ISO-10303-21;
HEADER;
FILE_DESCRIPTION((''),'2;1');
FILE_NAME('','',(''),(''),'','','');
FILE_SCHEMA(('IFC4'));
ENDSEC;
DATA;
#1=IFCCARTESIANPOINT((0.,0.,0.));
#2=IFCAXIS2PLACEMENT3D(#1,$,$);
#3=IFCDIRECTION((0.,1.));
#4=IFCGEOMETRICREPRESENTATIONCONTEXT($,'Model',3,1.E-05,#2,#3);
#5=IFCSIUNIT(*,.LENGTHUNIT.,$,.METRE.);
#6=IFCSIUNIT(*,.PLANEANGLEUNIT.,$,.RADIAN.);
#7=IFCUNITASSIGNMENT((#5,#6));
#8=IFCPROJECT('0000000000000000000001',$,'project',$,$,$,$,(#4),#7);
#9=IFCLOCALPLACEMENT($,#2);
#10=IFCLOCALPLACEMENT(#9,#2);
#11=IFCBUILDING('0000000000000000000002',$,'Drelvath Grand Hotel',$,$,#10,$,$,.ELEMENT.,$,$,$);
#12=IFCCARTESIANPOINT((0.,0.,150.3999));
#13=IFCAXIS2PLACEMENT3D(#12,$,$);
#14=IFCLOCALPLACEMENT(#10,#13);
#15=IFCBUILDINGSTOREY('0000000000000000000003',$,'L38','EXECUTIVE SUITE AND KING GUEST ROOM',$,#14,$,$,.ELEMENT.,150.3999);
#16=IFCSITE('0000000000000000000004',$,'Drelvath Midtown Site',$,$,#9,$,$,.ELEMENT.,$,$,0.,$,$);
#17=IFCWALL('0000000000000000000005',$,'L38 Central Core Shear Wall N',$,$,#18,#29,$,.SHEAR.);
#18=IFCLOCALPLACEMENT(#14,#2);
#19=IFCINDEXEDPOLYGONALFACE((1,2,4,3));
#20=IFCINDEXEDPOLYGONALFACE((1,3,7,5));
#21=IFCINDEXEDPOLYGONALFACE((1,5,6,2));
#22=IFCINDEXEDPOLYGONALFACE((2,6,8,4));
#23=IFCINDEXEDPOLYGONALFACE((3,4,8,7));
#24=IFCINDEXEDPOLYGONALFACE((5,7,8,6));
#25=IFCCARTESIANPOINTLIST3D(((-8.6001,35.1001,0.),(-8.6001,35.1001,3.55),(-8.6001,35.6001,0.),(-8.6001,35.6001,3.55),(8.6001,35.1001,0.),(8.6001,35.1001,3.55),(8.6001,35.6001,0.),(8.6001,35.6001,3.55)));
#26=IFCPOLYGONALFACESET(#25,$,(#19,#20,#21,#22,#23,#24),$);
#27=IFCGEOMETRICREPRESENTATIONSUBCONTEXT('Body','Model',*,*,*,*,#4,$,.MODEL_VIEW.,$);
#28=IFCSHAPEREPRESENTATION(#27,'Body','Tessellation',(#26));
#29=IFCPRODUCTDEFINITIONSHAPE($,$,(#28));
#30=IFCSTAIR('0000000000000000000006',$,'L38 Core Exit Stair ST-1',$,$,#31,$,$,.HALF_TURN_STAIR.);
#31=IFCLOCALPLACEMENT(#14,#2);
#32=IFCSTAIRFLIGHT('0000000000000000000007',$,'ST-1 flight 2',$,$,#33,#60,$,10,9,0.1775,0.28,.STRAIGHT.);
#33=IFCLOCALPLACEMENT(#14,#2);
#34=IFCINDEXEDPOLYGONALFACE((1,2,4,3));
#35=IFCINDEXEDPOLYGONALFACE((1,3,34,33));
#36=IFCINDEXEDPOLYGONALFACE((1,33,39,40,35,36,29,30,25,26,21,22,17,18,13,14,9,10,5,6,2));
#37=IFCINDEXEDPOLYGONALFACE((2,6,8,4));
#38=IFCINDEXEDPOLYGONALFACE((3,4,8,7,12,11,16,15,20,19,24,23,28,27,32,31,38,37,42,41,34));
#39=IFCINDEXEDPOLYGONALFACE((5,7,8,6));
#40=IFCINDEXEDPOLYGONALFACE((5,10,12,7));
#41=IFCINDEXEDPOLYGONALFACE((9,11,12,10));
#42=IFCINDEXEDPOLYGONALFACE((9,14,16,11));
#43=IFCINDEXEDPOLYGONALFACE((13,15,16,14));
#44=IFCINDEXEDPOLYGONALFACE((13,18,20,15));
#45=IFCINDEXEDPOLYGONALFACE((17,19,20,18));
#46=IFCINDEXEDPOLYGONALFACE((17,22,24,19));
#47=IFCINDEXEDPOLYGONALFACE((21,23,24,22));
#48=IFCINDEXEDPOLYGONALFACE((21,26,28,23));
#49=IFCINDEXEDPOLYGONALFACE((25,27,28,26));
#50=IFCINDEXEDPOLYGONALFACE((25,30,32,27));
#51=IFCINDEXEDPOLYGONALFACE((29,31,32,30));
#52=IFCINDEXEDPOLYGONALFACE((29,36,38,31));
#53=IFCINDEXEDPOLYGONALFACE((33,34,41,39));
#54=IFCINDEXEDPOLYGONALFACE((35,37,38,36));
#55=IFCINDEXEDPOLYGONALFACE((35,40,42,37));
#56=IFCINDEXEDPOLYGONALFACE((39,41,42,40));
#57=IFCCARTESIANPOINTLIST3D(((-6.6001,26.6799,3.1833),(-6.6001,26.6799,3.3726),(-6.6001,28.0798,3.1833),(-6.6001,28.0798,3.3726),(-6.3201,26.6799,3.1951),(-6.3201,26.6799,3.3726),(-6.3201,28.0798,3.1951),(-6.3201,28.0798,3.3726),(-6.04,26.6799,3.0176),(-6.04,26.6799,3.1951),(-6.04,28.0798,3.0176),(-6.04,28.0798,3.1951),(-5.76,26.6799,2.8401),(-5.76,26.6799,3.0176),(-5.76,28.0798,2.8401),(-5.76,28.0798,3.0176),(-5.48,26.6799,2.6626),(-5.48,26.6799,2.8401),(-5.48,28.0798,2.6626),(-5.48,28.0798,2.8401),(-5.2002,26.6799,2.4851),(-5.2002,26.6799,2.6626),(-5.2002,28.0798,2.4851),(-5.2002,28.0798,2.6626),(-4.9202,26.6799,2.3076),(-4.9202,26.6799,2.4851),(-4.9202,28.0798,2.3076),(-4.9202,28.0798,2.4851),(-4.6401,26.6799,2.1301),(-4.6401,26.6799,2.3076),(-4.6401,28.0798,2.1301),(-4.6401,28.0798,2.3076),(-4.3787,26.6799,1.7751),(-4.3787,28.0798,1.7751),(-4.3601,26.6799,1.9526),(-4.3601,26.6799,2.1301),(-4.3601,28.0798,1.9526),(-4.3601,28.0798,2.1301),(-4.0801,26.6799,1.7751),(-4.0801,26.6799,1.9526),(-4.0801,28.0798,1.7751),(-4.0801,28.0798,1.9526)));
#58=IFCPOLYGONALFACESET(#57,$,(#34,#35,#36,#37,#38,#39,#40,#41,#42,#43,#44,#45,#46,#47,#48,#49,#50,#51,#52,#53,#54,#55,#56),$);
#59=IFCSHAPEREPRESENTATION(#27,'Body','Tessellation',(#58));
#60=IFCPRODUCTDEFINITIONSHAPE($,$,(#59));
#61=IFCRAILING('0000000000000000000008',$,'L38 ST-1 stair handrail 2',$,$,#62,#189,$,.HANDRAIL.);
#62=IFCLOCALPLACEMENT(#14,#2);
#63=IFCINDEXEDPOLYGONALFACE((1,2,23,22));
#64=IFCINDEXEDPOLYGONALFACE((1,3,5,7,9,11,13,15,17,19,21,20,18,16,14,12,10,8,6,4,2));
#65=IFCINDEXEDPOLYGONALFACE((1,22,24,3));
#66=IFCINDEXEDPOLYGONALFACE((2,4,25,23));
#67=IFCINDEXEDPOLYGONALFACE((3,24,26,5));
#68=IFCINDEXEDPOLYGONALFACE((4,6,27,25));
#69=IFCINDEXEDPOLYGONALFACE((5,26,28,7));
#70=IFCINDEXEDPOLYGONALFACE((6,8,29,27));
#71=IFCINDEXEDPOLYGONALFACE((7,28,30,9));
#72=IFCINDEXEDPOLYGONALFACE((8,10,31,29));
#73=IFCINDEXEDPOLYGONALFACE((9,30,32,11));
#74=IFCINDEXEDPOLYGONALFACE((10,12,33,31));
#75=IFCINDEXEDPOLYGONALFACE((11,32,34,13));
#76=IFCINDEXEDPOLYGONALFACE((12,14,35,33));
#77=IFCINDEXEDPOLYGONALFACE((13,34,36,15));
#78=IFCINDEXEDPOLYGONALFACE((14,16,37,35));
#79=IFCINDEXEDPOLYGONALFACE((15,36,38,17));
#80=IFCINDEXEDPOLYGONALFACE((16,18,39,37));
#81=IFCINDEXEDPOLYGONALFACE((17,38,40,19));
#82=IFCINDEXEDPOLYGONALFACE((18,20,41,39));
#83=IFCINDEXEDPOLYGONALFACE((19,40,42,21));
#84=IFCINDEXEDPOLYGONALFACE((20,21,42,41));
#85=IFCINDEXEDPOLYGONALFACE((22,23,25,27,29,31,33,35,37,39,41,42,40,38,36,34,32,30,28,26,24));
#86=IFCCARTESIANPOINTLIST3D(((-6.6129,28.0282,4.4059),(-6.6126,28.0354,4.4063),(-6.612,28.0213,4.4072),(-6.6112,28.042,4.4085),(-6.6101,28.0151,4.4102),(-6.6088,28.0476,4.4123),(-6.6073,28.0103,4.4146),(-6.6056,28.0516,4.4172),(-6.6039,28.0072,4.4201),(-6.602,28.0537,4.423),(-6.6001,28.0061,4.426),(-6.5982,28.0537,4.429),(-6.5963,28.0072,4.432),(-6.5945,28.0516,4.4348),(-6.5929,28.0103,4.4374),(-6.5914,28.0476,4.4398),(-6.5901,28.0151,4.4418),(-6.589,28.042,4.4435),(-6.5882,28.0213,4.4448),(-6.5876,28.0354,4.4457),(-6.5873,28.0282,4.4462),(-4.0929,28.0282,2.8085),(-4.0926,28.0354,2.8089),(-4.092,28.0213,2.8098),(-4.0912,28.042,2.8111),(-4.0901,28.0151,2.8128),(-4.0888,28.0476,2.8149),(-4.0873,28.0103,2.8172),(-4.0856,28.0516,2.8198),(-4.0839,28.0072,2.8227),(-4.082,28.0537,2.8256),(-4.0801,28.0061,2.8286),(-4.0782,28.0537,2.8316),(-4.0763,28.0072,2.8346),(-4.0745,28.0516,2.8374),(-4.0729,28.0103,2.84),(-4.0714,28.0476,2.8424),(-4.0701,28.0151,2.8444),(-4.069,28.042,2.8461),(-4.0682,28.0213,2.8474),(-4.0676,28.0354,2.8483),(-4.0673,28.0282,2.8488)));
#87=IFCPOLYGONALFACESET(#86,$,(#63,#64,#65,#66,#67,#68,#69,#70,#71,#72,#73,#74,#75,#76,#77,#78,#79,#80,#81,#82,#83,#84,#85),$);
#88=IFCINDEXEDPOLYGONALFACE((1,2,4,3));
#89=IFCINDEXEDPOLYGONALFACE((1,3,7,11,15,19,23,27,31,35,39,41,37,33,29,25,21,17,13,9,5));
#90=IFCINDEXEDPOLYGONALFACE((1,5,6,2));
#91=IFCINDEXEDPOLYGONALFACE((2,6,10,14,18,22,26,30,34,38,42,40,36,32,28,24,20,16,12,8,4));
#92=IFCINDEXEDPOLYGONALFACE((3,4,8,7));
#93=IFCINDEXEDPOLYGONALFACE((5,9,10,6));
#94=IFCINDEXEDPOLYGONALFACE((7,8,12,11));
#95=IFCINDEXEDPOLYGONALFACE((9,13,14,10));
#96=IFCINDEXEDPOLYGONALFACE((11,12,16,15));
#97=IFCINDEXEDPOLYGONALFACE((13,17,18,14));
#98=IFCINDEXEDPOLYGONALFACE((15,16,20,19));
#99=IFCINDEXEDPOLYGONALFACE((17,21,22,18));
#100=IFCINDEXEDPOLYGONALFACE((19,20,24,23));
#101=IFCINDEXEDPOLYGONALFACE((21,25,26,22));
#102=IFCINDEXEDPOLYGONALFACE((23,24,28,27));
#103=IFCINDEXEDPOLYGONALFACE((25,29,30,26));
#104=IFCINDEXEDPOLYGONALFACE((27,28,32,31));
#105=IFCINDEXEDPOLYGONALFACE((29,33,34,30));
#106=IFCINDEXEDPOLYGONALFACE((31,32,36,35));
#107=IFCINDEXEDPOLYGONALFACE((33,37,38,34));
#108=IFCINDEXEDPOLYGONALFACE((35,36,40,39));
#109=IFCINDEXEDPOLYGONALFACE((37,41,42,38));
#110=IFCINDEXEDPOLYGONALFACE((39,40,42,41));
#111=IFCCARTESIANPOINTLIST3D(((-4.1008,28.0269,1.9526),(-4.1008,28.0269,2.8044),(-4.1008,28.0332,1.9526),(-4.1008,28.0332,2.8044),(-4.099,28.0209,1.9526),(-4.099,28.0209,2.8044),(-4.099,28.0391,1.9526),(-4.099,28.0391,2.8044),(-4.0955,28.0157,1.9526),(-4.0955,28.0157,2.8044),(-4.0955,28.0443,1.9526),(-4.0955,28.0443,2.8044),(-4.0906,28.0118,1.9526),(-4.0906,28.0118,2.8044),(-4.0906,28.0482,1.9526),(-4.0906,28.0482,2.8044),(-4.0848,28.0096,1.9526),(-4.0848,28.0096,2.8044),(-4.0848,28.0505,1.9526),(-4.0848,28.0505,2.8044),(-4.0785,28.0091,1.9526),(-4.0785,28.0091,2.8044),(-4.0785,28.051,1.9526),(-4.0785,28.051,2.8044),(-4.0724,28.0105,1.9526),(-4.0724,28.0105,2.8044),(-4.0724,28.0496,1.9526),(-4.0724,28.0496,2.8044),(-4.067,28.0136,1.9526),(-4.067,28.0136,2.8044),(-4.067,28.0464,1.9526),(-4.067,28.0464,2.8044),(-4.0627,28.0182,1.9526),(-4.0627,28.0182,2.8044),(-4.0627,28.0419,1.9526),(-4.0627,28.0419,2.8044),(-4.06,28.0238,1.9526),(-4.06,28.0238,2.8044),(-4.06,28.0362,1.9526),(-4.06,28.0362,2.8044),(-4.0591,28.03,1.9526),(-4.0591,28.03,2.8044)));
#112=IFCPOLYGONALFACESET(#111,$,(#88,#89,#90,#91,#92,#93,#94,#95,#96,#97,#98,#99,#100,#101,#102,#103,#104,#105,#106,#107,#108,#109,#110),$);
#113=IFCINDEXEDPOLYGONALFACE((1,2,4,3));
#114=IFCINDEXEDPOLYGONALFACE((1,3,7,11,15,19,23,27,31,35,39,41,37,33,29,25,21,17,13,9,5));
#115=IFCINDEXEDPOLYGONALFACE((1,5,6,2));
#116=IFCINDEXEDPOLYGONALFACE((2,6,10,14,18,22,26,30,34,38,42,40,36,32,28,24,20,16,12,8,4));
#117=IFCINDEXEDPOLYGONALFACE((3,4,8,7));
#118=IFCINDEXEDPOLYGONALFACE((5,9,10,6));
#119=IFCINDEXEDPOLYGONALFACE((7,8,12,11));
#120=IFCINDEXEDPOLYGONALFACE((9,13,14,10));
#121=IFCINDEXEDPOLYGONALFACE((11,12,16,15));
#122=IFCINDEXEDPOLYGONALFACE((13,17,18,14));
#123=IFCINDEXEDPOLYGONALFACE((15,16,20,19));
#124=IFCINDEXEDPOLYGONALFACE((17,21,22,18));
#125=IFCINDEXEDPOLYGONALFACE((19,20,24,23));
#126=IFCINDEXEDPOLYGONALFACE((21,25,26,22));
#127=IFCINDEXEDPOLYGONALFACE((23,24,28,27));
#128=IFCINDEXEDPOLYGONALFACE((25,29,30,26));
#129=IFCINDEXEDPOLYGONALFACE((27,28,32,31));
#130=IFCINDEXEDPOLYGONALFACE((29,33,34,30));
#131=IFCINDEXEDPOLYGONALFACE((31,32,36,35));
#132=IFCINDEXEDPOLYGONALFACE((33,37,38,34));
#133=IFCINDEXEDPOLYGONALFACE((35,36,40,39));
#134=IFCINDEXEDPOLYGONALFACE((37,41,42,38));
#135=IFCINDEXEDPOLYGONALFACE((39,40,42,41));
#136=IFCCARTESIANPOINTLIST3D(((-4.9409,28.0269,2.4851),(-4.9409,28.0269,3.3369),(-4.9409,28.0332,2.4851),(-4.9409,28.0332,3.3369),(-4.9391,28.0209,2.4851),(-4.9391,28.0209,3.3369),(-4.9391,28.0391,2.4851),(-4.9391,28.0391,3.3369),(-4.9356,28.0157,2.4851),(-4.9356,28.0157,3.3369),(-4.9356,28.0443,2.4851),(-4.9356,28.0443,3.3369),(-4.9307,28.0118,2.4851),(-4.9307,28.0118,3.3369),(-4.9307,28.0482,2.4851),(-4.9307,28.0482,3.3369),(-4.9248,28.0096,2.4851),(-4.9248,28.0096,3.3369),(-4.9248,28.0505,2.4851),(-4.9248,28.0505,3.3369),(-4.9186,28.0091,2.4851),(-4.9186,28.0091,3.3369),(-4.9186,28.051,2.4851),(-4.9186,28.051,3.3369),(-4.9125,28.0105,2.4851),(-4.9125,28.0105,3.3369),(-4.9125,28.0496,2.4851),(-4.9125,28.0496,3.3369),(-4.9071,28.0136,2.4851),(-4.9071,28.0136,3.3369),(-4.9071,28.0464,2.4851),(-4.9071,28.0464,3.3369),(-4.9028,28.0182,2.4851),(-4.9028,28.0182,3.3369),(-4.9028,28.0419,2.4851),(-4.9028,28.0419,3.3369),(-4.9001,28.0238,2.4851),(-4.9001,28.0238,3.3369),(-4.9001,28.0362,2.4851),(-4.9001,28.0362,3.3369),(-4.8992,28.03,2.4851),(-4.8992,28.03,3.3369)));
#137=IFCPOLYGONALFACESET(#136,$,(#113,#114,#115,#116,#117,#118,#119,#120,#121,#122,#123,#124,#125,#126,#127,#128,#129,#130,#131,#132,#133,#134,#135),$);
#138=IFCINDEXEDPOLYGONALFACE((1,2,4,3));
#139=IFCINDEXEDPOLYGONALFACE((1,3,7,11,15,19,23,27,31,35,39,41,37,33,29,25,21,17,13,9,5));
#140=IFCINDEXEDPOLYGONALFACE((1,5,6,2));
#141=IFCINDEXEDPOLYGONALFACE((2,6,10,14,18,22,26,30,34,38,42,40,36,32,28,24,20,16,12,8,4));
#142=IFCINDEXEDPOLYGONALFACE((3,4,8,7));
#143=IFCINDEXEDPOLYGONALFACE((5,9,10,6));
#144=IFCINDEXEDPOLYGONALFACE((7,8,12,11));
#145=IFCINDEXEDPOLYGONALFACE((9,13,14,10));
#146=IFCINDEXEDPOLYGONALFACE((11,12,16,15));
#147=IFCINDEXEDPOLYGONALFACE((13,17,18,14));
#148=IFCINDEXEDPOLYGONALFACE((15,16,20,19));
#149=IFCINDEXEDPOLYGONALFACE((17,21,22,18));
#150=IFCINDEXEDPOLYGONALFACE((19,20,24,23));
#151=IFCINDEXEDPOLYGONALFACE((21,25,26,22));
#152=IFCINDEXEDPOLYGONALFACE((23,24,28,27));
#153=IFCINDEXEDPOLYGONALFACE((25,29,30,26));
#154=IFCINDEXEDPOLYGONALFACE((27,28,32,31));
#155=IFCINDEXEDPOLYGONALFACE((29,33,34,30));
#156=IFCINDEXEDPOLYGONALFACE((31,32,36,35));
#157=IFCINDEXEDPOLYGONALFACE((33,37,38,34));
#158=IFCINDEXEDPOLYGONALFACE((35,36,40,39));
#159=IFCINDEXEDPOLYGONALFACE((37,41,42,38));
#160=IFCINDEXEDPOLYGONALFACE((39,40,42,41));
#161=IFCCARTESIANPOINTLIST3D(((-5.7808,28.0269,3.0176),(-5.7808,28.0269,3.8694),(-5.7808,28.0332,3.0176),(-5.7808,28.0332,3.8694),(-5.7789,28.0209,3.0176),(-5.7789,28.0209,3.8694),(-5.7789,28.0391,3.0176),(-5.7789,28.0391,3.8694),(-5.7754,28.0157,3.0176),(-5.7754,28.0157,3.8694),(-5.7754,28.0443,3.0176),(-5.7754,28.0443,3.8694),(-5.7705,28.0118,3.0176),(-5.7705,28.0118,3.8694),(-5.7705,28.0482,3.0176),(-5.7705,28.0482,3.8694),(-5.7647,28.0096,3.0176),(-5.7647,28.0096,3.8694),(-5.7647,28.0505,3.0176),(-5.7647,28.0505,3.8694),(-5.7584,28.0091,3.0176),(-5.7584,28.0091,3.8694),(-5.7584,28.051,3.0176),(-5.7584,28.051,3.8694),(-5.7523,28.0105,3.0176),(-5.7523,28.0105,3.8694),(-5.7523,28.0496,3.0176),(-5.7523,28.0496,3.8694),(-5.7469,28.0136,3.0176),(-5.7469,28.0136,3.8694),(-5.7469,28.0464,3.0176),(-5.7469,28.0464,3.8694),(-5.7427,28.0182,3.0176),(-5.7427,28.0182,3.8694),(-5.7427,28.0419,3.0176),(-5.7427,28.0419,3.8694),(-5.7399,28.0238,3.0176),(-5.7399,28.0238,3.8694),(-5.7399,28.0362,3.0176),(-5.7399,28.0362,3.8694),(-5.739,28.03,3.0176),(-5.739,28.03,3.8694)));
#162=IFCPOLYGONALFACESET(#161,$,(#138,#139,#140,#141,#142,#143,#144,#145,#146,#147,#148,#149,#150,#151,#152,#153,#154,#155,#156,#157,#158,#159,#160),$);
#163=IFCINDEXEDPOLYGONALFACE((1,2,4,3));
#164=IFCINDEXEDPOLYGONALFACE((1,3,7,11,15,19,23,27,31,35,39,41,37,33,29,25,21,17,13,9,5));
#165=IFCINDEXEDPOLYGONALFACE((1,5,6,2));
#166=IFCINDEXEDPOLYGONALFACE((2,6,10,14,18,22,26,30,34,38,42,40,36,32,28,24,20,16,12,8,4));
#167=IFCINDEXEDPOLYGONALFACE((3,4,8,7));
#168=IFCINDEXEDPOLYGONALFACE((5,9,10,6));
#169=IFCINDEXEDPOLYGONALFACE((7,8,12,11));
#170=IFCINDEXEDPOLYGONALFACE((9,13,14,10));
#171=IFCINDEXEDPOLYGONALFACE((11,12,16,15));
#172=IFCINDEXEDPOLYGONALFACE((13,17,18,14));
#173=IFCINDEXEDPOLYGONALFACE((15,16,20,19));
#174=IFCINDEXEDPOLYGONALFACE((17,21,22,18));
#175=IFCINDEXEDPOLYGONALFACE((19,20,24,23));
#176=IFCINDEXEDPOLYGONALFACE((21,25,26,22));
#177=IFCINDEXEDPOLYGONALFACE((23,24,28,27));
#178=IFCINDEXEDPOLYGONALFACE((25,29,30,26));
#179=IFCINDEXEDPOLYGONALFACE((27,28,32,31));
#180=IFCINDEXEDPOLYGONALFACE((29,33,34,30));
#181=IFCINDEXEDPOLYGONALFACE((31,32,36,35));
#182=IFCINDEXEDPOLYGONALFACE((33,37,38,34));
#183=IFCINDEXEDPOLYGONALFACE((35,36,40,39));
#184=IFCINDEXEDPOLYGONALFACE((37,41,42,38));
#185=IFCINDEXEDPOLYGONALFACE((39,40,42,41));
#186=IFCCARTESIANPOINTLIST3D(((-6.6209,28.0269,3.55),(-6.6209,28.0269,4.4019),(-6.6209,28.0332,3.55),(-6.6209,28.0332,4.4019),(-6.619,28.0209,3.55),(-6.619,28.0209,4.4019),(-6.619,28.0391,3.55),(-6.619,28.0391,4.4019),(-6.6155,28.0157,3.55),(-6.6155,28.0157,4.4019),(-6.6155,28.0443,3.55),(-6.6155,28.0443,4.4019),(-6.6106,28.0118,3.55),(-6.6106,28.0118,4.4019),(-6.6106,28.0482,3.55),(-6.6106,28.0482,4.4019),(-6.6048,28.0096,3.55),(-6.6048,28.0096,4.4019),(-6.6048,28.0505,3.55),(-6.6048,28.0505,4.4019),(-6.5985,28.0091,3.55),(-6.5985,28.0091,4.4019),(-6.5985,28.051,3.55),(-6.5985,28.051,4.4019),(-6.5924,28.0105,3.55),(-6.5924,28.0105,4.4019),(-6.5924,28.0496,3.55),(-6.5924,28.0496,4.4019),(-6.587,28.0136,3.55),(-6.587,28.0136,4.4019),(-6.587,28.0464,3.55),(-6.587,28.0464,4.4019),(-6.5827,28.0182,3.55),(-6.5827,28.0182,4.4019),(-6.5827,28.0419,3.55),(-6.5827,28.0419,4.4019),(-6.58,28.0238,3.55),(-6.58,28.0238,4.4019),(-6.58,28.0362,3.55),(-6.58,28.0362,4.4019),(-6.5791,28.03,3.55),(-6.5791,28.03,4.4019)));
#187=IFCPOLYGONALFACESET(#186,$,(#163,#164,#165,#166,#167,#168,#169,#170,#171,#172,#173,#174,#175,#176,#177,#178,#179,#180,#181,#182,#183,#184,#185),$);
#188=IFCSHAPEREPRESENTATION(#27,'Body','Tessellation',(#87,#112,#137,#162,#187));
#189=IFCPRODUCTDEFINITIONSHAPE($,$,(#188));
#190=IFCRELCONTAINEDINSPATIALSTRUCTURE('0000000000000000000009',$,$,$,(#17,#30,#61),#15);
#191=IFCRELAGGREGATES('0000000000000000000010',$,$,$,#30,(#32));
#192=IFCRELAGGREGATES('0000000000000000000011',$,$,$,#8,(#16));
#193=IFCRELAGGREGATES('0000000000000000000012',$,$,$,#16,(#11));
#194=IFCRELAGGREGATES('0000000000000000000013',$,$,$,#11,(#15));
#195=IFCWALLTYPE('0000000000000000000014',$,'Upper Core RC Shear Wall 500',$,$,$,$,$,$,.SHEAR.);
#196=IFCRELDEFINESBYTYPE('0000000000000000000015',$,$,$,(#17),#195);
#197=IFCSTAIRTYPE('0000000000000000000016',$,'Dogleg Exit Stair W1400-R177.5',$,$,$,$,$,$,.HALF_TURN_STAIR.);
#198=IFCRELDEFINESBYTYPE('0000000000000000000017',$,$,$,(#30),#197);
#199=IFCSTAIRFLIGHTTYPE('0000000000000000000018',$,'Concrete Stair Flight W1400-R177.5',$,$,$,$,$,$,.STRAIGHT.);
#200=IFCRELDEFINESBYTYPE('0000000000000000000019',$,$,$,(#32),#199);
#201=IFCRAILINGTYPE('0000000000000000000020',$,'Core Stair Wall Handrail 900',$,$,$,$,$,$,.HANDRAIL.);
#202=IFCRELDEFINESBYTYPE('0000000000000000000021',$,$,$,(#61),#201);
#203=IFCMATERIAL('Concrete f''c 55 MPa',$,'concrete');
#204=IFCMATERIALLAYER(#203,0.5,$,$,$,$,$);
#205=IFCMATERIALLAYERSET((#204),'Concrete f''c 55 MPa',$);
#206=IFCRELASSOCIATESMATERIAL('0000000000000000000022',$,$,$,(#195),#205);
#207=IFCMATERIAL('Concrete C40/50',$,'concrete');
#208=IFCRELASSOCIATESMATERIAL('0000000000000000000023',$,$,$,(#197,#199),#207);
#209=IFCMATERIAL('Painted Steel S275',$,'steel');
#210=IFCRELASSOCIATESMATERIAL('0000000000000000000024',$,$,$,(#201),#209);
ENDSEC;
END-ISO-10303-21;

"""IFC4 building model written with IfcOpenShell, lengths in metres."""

from ifc_helpers import new_model, si_unit, direction, frame, frame_2d, origin, origin_2d, place, context, subcontext, project, spatial, polyline, rectangle, circle, outline, extrude, material, layer, layer_set, type_object, element, aggregate, save


model = new_model("IFC4")

# Units and contexts
model_context = context("Model", 3, precision=1e-05, world=origin(), true_north=direction((0.0, 1.0)))
body_context = subcontext(model_context, "Body", "Model", "MODEL_VIEW")
ifc_project = project(units=[si_unit("LENGTHUNIT", "METRE"), si_unit("PLANEANGLEUNIT", "RADIAN")], contexts=[model_context])

# Site, building, storey
site_placement = place(None, origin())
site = spatial("IfcSite", under=ifc_project, at=site_placement, Name="Drelvath Midtown Site", CompositionType="ELEMENT", RefElevation=0.0)
building_placement = place(site_placement, origin())
building = spatial("IfcBuilding", under=site, at=building_placement, Name="Drelvath Grand Hotel", CompositionType="ELEMENT")
storey_placement = place(building_placement, frame((0.0, 0.0, 150.3999)))
storey = spatial("IfcBuildingStorey", under=building, at=storey_placement, Name="L38", Description="EXECUTIVE SUITE AND KING GUEST ROOM", CompositionType="ELEMENT", Elevation=150.3999)

# Shared definitions
ifc_material_1 = material(Name="Concrete f'c 55 MPa", Category="concrete")

# Shared definitions
ifc_material_2 = material(Name="Painted Steel S275", Category="steel")

# Shared definitions
ifc_material_3 = material(Name="Concrete C40/50", Category="concrete")

# Wall
ifc_layer_1 = layer(ifc_material_1, 0.5)
ifc_layer_set_1 = layer_set([ifc_layer_1], Name="Concrete f'c 55 MPa")
wall_type_1 = type_object("IfcWallType", Name="Upper Core RC Shear Wall 500", PredefinedType="SHEAR", material=ifc_layer_set_1)
wall_1_placement = place(storey_placement, frame((-8.6001, 35.3501, 0.0), z_axis=(0.0, 0.0, 1.0), x_axis=(1.0, 0.0, 0.0)))
element("IfcWall", 1, at=wall_1_placement, inside=storey, type_object=wall_type_1, Name="L38 Central Core Shear Wall N", PredefinedType="SHEAR", context=body_context, shape_type="SweptSolid", body=[
    extrude(rectangle(XDim=17.2002, YDim=0.5, at=frame_2d((8.6001, 0.0))), origin(), (0.0, 0.0, 1.0), 3.55),
])

# Stair, stair flight
stair_type = type_object("IfcStairType", Name="Dogleg Exit Stair W1400-R177.5", PredefinedType="HALF_TURN_STAIR", material=ifc_material_3)
stair_placement = place(storey_placement, origin())
stair = element("IfcStair", 2, at=stair_placement, inside=storey, type_object=stair_type, Name="L38 Core Exit Stair ST-1", PredefinedType="HALF_TURN_STAIR")
stair_flight_type = type_object("IfcStairFlightType", Name="Concrete Stair Flight W1400-R177.5", PredefinedType="STRAIGHT", material=ifc_material_3)
stair_flight_placement = place(storey_placement, frame((-4.0801, 27.3799, 1.7751), z_axis=(0.0, 0.0, 1.0), x_axis=(-1.0, 0.0, 0.0)))
stair_flight = element("IfcStairFlight", 3, at=stair_flight_placement, type_object=stair_flight_type, Name="ST-1 flight 2", NumberOfRisers=10, NumberOfTreads=9, PredefinedType="STRAIGHT", RiserHeight=0.1775, TreadLength=0.28, context=body_context, shape_type="SweptSolid", body=[
    extrude(outline(polyline([(0.0, 0.0), (0.0, 0.1775), (0.28, 0.1775), (0.28, 0.355), (0.5601, 0.355), (0.5601, 0.5325), (0.8401, 0.5325), (0.8401, 0.71), (1.1201, 0.71), (1.1201, 0.8875), (1.3999, 0.8875), (1.3999, 1.0649), (1.6799, 1.0649), (1.6799, 1.2424), (1.96, 1.2424), (1.96, 1.4199), (2.24, 1.4199), (2.24, 1.5974), (2.52, 1.5974), (2.52, 1.7749), (2.52, 1.4082), (0.2986, 0.0), (0.0, 0.0)])), frame((0.0, 0.7, 0.0), z_axis=(0.0, -1.0, 0.0), x_axis=(1.0, 0.0, 0.0)), (0.0, 0.0, 1.0), 1.3999),
])
aggregate(stair, [stair_flight])

# Railing
railing_type = type_object("IfcRailingType", Name="Core Stair Wall Handrail 900", PredefinedType="HANDRAIL", material=ifc_material_2)
railing_placement = place(storey_placement, frame((-4.0801, 28.03, 1.9526)))
element("IfcRailing", 4, at=railing_placement, inside=storey, type_object=railing_type, Name="L38 ST-1 stair handrail 2", PredefinedType="HANDRAIL", context=body_context, shape_type="SweptSolid", body=[
    extrude(circle(Radius=0.0239, at=origin_2d()), frame((0.0, 0.0, 0.876), z_axis=(-0.844607, 0.0, 0.535387), x_axis=(0.0, -1.0, 0.0)), (0.0, 0.0, 1.0), 2.9836),
    extrude(circle(Radius=0.021, at=origin_2d()), origin(), (0.0, 0.0, 1.0), 0.8518),
    extrude(circle(Radius=0.021, at=origin_2d()), frame((-0.8401, 0.0, 0.5325)), (0.0, 0.0, 1.0), 0.8518),
    extrude(circle(Radius=0.021, at=origin_2d()), frame((-1.6799, 0.0, 1.0649)), (0.0, 0.0, 1.0), 0.8518),
    extrude(circle(Radius=0.021, at=origin_2d()), frame((-2.52, 0.0, 1.5974)), (0.0, 0.0, 1.0), 0.8518),
])

save(model, "model.ifc")
